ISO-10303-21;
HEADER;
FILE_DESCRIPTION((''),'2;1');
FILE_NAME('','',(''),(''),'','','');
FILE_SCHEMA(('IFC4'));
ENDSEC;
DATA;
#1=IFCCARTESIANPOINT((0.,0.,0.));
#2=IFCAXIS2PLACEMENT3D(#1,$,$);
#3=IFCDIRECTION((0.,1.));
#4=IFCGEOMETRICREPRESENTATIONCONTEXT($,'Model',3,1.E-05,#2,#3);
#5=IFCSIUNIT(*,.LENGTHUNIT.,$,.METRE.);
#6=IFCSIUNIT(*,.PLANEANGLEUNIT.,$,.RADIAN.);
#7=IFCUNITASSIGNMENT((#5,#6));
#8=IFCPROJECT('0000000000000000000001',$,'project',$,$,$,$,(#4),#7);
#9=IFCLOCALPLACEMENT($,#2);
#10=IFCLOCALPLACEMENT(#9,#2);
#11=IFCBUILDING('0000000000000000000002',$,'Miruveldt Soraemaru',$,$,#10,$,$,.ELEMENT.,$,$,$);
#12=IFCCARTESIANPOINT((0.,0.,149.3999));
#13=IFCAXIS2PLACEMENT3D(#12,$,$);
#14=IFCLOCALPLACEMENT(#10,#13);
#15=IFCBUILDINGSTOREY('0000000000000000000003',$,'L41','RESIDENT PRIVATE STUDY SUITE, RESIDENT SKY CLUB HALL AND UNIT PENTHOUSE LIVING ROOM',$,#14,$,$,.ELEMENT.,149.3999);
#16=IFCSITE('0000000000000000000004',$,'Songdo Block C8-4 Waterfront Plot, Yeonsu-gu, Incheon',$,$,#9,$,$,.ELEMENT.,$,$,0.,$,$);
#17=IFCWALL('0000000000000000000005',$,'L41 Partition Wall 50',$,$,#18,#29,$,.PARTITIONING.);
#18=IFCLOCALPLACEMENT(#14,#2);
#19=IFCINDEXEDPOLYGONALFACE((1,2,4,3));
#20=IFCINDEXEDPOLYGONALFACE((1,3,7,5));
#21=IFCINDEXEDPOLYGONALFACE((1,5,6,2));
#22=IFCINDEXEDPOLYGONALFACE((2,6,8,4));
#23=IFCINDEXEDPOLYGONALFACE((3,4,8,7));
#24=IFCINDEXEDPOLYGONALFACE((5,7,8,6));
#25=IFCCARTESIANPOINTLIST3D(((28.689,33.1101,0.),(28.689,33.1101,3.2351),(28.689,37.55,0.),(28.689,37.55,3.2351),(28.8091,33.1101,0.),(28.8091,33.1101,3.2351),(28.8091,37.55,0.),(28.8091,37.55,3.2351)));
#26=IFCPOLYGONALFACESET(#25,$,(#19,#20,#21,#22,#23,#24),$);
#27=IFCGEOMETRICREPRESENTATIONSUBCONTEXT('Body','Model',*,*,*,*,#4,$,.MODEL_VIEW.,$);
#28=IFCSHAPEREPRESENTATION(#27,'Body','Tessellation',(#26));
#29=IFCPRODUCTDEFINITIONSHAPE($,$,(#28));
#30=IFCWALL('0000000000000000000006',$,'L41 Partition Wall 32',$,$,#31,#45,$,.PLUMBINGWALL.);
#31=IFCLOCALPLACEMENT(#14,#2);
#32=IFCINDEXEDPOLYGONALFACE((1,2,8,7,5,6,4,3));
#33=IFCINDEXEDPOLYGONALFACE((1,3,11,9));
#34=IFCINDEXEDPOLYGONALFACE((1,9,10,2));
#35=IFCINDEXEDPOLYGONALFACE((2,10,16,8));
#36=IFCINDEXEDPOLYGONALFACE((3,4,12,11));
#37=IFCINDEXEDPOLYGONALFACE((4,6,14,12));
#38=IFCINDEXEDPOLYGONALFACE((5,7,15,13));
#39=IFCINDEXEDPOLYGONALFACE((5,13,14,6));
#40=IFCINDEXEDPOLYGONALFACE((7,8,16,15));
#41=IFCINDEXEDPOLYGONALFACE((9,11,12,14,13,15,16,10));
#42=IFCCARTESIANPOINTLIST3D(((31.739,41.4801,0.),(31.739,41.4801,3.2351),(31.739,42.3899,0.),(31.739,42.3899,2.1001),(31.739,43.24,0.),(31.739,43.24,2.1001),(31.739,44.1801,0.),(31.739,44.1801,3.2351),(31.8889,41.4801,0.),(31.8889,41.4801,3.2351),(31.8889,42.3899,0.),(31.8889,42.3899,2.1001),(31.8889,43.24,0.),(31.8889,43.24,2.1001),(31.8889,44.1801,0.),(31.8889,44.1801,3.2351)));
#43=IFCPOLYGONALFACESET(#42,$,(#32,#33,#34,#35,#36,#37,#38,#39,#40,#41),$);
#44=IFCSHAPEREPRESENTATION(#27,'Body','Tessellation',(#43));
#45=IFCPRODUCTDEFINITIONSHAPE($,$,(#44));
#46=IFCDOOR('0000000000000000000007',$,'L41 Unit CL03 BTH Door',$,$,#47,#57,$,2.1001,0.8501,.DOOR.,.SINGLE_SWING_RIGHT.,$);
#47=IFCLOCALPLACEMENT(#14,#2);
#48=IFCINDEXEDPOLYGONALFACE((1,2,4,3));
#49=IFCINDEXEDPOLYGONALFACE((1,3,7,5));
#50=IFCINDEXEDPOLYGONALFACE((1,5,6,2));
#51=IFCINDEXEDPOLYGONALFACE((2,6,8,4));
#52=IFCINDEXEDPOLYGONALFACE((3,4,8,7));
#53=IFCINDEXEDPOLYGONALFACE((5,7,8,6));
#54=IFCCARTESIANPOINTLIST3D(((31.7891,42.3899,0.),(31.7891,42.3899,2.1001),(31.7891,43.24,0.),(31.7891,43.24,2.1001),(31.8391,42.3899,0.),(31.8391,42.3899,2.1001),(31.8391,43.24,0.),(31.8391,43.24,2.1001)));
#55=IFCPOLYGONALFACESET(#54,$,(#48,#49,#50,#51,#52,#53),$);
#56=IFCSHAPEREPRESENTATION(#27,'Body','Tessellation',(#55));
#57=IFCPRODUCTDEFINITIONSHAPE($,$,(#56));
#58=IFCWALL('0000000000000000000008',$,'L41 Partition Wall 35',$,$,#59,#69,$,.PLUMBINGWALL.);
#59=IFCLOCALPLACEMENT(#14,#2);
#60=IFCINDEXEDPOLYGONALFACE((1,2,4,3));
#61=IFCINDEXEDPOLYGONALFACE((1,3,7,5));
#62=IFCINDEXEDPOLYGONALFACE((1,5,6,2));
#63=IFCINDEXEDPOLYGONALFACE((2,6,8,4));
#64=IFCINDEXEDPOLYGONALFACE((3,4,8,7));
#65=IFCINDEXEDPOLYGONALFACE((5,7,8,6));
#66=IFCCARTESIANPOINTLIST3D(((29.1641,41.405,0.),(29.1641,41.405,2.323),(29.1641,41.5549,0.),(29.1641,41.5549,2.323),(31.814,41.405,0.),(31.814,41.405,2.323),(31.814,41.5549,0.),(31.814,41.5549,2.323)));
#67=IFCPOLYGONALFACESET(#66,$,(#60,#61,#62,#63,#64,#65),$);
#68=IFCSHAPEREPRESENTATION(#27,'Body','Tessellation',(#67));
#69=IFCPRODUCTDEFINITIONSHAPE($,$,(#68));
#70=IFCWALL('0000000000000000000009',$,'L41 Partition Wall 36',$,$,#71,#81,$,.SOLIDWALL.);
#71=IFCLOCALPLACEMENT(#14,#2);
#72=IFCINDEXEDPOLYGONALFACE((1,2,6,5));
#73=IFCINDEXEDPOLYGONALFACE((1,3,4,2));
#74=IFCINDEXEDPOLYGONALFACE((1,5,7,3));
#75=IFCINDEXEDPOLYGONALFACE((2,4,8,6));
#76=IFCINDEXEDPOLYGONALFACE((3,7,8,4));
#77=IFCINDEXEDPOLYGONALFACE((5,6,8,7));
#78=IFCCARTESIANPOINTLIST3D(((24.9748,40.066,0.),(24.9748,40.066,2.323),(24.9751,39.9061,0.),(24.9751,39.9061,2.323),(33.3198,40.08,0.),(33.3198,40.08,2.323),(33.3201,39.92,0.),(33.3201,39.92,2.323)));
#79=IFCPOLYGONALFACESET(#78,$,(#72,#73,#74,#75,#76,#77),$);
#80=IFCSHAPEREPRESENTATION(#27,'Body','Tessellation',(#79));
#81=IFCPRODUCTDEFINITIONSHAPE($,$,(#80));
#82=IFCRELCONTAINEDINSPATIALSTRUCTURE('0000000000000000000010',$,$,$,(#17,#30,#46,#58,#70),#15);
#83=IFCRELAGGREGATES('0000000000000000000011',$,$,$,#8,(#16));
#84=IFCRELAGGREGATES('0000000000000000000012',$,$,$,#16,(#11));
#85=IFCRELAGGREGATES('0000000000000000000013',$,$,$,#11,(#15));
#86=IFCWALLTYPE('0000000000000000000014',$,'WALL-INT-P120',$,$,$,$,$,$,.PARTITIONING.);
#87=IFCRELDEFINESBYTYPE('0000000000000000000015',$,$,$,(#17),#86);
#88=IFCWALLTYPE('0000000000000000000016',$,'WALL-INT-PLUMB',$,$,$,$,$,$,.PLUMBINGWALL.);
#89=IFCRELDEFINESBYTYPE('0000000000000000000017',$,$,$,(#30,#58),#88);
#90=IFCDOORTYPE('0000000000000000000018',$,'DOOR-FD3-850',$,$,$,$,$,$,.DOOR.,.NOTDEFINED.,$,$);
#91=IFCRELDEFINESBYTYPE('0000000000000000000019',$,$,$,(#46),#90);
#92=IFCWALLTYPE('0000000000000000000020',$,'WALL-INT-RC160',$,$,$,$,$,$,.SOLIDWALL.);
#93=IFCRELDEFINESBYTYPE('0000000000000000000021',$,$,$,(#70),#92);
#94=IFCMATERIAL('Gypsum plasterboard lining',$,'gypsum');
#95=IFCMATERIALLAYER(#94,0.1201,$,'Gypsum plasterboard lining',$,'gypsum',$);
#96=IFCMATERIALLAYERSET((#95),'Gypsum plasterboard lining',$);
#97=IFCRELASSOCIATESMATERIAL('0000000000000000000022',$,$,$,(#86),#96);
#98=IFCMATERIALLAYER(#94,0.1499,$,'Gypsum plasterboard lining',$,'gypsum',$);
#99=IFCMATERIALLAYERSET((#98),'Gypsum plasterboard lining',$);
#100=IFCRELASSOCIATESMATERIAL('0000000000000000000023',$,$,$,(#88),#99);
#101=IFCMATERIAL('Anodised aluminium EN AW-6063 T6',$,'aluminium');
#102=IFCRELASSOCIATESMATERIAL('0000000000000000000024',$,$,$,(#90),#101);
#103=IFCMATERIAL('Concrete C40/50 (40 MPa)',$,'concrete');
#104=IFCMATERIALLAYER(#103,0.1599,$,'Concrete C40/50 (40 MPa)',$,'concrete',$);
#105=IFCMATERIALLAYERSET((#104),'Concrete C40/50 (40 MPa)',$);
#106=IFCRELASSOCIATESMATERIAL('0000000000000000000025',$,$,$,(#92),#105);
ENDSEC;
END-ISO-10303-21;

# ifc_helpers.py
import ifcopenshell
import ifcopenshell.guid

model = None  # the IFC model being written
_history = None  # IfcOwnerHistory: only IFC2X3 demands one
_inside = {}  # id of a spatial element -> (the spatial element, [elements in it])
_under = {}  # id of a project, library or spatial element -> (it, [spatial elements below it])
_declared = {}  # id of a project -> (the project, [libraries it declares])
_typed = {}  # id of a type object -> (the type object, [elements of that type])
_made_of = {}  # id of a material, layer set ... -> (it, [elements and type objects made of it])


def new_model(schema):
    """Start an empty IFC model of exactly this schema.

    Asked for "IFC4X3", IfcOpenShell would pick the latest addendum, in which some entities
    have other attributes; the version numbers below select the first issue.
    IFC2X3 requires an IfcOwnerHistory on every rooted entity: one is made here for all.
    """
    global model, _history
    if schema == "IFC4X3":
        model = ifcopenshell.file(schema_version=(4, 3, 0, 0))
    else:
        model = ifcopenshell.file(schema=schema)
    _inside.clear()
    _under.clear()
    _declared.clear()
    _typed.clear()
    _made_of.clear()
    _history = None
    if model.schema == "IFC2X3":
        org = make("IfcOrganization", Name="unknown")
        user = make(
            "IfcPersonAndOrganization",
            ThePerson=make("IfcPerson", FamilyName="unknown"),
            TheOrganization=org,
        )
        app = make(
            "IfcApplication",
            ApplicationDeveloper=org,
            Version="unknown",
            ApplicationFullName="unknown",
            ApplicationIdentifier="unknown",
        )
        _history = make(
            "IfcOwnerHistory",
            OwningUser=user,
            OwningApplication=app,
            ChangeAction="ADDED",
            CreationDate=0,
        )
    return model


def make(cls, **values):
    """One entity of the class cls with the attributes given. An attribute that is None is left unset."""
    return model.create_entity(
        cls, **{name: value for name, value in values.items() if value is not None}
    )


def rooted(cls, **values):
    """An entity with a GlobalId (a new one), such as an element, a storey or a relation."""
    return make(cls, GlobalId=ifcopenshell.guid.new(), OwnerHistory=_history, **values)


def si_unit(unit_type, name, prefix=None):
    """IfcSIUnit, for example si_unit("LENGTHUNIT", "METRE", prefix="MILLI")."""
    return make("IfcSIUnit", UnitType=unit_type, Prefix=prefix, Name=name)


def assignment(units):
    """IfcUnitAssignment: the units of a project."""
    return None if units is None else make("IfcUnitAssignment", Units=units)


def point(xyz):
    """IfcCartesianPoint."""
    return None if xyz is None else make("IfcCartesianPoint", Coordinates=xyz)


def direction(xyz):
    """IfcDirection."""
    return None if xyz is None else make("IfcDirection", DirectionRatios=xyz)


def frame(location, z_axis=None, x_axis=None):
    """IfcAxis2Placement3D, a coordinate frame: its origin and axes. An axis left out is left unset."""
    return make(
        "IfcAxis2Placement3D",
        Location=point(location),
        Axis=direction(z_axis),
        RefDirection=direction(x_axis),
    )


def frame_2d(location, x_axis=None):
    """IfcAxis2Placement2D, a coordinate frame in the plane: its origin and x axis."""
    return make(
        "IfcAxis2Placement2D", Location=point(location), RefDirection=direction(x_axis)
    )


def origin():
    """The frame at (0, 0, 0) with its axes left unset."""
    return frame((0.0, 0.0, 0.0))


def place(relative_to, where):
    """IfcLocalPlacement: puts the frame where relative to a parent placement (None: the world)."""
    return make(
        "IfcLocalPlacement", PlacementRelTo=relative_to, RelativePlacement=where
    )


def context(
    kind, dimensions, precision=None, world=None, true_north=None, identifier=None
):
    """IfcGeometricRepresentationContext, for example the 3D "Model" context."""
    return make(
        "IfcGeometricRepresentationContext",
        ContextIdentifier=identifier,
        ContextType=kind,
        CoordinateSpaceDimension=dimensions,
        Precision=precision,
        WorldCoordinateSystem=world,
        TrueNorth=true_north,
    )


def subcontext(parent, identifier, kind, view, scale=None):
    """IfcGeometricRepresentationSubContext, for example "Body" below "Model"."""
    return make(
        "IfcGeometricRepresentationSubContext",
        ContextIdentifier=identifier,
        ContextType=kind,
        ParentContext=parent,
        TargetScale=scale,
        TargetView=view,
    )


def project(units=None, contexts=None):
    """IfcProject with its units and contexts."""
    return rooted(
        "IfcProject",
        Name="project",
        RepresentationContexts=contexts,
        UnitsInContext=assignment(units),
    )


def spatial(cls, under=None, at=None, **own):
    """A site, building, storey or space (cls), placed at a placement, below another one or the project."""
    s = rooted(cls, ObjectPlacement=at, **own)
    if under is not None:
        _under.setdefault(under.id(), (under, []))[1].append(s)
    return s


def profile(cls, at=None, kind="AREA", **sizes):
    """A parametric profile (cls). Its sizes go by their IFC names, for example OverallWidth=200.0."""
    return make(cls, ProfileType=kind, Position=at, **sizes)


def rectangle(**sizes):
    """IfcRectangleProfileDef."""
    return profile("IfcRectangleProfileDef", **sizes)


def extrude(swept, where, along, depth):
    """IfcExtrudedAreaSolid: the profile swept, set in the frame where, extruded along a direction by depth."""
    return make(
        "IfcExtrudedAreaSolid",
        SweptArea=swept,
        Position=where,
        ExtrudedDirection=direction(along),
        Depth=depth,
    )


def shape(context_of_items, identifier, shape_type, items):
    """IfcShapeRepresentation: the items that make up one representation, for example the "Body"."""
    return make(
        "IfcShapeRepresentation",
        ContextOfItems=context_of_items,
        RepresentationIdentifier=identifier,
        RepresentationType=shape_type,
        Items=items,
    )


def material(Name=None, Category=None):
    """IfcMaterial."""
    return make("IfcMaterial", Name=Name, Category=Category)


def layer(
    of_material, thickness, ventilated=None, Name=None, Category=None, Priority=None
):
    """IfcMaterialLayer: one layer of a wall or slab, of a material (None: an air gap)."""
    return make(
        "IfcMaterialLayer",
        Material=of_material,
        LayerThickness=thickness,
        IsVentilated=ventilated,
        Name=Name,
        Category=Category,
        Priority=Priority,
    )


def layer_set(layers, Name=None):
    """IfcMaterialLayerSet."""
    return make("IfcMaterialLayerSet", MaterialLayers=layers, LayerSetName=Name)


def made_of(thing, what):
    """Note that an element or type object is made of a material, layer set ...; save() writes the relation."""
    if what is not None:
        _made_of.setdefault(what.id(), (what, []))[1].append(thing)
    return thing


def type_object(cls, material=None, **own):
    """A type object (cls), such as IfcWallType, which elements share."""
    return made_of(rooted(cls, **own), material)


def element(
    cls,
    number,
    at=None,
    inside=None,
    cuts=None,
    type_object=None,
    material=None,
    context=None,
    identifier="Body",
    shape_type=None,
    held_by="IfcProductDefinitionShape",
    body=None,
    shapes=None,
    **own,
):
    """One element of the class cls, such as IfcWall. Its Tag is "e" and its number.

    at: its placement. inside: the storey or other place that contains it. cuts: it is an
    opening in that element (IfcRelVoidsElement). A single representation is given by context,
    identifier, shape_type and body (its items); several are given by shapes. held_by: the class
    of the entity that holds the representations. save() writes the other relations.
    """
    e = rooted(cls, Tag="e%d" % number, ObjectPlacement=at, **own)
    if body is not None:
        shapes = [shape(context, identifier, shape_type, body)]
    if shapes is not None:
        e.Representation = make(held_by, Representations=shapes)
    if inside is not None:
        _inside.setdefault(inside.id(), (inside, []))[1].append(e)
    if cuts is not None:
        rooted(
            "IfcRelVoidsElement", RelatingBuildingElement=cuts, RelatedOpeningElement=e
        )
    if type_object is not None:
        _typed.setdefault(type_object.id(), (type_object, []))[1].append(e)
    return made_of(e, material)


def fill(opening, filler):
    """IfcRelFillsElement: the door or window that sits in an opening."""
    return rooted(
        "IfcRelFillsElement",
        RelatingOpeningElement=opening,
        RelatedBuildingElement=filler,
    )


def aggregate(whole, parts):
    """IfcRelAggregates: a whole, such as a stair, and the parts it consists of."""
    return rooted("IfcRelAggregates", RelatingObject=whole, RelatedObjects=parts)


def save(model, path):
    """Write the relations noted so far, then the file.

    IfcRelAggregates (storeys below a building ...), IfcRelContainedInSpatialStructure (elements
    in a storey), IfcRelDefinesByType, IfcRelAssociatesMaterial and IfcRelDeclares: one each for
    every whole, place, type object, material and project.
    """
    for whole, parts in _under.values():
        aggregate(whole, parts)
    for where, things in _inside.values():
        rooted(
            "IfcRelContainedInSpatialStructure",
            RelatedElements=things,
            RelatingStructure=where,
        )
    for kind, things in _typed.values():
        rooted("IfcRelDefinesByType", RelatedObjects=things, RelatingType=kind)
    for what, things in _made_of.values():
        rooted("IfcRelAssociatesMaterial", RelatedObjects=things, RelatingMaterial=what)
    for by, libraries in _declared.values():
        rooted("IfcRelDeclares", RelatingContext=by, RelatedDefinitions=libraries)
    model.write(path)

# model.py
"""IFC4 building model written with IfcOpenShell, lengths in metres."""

from ifc_helpers import new_model, si_unit, direction, frame, frame_2d, origin, place, context, subcontext, project, spatial, rectangle, extrude, material, layer, layer_set, type_object, element, fill, save


model = new_model("IFC4")

# Units and contexts
model_context = context("Model", 3, precision=1e-05, world=origin(), true_north=direction((0.0, 1.0)))
body_context = subcontext(model_context, "Body", "Model", "MODEL_VIEW")
ifc_project = project(units=[si_unit("LENGTHUNIT", "METRE"), si_unit("PLANEANGLEUNIT", "RADIAN")], contexts=[model_context])

# Site, building, storey
site_placement = place(None, origin())
site = spatial("IfcSite", under=ifc_project, at=site_placement, Name="Songdo Block C8-4 Waterfront Plot, Yeonsu-gu, Incheon", CompositionType="ELEMENT", RefElevation=0.0)
building_placement = place(site_placement, origin())
building = spatial("IfcBuilding", under=site, at=building_placement, Name="Miruveldt Soraemaru", CompositionType="ELEMENT")
storey_placement = place(building_placement, frame((0.0, 0.0, 149.3999)))
storey = spatial("IfcBuildingStorey", under=building, at=storey_placement, Name="L41", Description="RESIDENT PRIVATE STUDY SUITE, RESIDENT SKY CLUB HALL AND UNIT PENTHOUSE LIVING ROOM", CompositionType="ELEMENT", Elevation=149.3999)

# Shared definitions
ifc_material_1 = material(Name="Gypsum plasterboard lining", Category="gypsum")
ifc_layer_1 = layer(ifc_material_1, 0.1201, Name="Gypsum plasterboard lining", Category="gypsum")
ifc_layer_set_1 = layer_set([ifc_layer_1], Name="Gypsum plasterboard lining")
wall_type_1 = type_object("IfcWallType", Name="WALL-INT-P120", PredefinedType="PARTITIONING", material=ifc_layer_set_1)
ifc_material_2 = material(Name="Anodised aluminium EN AW-6063 T6", Category="aluminium")

# Wall
wall_1_placement = place(storey_placement, frame((28.749, 37.55, 0.0), z_axis=(0.0, 0.0, 1.0), x_axis=(0.0, -1.0, 0.0)))
element("IfcWall", 1, at=wall_1_placement, inside=storey, type_object=wall_type_1, Name="L41 Partition Wall 50", PredefinedType="PARTITIONING", context=body_context, shape_type="SweptSolid", body=[
    extrude(rectangle(XDim=4.4399, YDim=0.1201, at=frame_2d((2.22, 0.0))), origin(), (0.0, 0.0, 1.0), 3.2351),
])

# Wall, opening, door
ifc_layer_2 = layer(ifc_material_1, 0.1499, Name="Gypsum plasterboard lining", Category="gypsum")
ifc_layer_set_2 = layer_set([ifc_layer_2], Name="Gypsum plasterboard lining")
wall_type_2 = type_object("IfcWallType", Name="WALL-INT-PLUMB", PredefinedType="PLUMBINGWALL", material=ifc_layer_set_2)
wall_2_placement = place(storey_placement, frame((31.814, 41.48, 0.0), z_axis=(0.0, 0.0, 1.0), x_axis=(0.0, 1.0, 0.0)))
wall_2 = element("IfcWall", 2, at=wall_2_placement, inside=storey, type_object=wall_type_2, Name="L41 Partition Wall 32", PredefinedType="PLUMBINGWALL", context=body_context, shape_type="SweptSolid", body=[
    extrude(rectangle(XDim=2.7, YDim=0.1499, at=frame_2d((1.3501, 0.0))), origin(), (0.0, 0.0, 1.0), 3.2351),
])
opening_1_placement = place(wall_2_placement, frame((0.9099, 0.0, 0.0)))
opening_1 = element("IfcOpeningElement", 3, at=opening_1_placement, cuts=wall_2, PredefinedType="OPENING", context=body_context, shape_type="SweptSolid", body=[
    extrude(rectangle(XDim=0.8501, YDim=2.1001, at=frame_2d((0.425, 1.05))), frame((0.0, 0.085, 0.0), z_axis=(0.0, -1.0, 0.0), x_axis=(1.0, 0.0, 0.0)), (0.0, 0.0, 1.0), 0.1699),
])
door_type_1 = type_object("IfcDoorType", Name="DOOR-FD3-850", OperationType="NOTDEFINED", PredefinedType="DOOR", material=ifc_material_2)
door_1_placement = place(opening_1_placement, origin())
door_1 = element("IfcDoor", 4, at=door_1_placement, inside=storey, type_object=door_type_1, Name="L41 Unit CL03 BTH Door", OperationType="SINGLE_SWING_RIGHT", OverallHeight=2.1001, OverallWidth=0.8501, PredefinedType="DOOR", context=body_context, shape_type="SweptSolid", body=[
    extrude(rectangle(XDim=0.8501, YDim=2.1001, at=frame_2d((0.425, 1.05))), frame((0.0, 0.0249, 0.0), z_axis=(0.0, -1.0, 0.0), x_axis=(1.0, 0.0, 0.0)), (0.0, 0.0, 1.0), 0.05),
])
fill(opening_1, door_1)

# Wall
wall_3_placement = place(storey_placement, frame((29.1641, 41.48, 0.0), z_axis=(0.0, 0.0, 1.0), x_axis=(1.0, 0.0, 0.0)))
element("IfcWall", 5, at=wall_3_placement, inside=storey, type_object=wall_type_2, Name="L41 Partition Wall 35", PredefinedType="PLUMBINGWALL", context=body_context, shape_type="SweptSolid", body=[
    extrude(rectangle(XDim=2.6499, YDim=0.1499, at=frame_2d((1.325, 0.0))), origin(), (0.0, 0.0, 1.0), 2.323),
])

# Shared definitions
ifc_material_3 = material(Name="Concrete C40/50 (40 MPa)", Category="concrete")
ifc_layer_3 = layer(ifc_material_3, 0.1599, Name="Concrete C40/50 (40 MPa)", Category="concrete")
ifc_layer_set_3 = layer_set([ifc_layer_3], Name="Concrete C40/50 (40 MPa)")
wall_type_3 = type_object("IfcWallType", Name="WALL-INT-RC160", PredefinedType="SOLIDWALL", material=ifc_layer_set_3)

# Wall
wall_4_placement = place(storey_placement, frame((24.9751, 39.9861, 0.0), z_axis=(0.0, 0.0, 1.0), x_axis=(0.999999, 0.001668, 0.0)))
element("IfcWall", 6, at=wall_4_placement, inside=storey, type_object=wall_type_3, Name="L41 Partition Wall 36", PredefinedType="SOLIDWALL", context=body_context, shape_type="SweptSolid", body=[
    extrude(rectangle(XDim=8.345, YDim=0.1599, at=frame_2d((4.1724, 0.0))), origin(), (0.0, 0.0, 1.0), 2.323),
])

save(model, "model.ifc")
